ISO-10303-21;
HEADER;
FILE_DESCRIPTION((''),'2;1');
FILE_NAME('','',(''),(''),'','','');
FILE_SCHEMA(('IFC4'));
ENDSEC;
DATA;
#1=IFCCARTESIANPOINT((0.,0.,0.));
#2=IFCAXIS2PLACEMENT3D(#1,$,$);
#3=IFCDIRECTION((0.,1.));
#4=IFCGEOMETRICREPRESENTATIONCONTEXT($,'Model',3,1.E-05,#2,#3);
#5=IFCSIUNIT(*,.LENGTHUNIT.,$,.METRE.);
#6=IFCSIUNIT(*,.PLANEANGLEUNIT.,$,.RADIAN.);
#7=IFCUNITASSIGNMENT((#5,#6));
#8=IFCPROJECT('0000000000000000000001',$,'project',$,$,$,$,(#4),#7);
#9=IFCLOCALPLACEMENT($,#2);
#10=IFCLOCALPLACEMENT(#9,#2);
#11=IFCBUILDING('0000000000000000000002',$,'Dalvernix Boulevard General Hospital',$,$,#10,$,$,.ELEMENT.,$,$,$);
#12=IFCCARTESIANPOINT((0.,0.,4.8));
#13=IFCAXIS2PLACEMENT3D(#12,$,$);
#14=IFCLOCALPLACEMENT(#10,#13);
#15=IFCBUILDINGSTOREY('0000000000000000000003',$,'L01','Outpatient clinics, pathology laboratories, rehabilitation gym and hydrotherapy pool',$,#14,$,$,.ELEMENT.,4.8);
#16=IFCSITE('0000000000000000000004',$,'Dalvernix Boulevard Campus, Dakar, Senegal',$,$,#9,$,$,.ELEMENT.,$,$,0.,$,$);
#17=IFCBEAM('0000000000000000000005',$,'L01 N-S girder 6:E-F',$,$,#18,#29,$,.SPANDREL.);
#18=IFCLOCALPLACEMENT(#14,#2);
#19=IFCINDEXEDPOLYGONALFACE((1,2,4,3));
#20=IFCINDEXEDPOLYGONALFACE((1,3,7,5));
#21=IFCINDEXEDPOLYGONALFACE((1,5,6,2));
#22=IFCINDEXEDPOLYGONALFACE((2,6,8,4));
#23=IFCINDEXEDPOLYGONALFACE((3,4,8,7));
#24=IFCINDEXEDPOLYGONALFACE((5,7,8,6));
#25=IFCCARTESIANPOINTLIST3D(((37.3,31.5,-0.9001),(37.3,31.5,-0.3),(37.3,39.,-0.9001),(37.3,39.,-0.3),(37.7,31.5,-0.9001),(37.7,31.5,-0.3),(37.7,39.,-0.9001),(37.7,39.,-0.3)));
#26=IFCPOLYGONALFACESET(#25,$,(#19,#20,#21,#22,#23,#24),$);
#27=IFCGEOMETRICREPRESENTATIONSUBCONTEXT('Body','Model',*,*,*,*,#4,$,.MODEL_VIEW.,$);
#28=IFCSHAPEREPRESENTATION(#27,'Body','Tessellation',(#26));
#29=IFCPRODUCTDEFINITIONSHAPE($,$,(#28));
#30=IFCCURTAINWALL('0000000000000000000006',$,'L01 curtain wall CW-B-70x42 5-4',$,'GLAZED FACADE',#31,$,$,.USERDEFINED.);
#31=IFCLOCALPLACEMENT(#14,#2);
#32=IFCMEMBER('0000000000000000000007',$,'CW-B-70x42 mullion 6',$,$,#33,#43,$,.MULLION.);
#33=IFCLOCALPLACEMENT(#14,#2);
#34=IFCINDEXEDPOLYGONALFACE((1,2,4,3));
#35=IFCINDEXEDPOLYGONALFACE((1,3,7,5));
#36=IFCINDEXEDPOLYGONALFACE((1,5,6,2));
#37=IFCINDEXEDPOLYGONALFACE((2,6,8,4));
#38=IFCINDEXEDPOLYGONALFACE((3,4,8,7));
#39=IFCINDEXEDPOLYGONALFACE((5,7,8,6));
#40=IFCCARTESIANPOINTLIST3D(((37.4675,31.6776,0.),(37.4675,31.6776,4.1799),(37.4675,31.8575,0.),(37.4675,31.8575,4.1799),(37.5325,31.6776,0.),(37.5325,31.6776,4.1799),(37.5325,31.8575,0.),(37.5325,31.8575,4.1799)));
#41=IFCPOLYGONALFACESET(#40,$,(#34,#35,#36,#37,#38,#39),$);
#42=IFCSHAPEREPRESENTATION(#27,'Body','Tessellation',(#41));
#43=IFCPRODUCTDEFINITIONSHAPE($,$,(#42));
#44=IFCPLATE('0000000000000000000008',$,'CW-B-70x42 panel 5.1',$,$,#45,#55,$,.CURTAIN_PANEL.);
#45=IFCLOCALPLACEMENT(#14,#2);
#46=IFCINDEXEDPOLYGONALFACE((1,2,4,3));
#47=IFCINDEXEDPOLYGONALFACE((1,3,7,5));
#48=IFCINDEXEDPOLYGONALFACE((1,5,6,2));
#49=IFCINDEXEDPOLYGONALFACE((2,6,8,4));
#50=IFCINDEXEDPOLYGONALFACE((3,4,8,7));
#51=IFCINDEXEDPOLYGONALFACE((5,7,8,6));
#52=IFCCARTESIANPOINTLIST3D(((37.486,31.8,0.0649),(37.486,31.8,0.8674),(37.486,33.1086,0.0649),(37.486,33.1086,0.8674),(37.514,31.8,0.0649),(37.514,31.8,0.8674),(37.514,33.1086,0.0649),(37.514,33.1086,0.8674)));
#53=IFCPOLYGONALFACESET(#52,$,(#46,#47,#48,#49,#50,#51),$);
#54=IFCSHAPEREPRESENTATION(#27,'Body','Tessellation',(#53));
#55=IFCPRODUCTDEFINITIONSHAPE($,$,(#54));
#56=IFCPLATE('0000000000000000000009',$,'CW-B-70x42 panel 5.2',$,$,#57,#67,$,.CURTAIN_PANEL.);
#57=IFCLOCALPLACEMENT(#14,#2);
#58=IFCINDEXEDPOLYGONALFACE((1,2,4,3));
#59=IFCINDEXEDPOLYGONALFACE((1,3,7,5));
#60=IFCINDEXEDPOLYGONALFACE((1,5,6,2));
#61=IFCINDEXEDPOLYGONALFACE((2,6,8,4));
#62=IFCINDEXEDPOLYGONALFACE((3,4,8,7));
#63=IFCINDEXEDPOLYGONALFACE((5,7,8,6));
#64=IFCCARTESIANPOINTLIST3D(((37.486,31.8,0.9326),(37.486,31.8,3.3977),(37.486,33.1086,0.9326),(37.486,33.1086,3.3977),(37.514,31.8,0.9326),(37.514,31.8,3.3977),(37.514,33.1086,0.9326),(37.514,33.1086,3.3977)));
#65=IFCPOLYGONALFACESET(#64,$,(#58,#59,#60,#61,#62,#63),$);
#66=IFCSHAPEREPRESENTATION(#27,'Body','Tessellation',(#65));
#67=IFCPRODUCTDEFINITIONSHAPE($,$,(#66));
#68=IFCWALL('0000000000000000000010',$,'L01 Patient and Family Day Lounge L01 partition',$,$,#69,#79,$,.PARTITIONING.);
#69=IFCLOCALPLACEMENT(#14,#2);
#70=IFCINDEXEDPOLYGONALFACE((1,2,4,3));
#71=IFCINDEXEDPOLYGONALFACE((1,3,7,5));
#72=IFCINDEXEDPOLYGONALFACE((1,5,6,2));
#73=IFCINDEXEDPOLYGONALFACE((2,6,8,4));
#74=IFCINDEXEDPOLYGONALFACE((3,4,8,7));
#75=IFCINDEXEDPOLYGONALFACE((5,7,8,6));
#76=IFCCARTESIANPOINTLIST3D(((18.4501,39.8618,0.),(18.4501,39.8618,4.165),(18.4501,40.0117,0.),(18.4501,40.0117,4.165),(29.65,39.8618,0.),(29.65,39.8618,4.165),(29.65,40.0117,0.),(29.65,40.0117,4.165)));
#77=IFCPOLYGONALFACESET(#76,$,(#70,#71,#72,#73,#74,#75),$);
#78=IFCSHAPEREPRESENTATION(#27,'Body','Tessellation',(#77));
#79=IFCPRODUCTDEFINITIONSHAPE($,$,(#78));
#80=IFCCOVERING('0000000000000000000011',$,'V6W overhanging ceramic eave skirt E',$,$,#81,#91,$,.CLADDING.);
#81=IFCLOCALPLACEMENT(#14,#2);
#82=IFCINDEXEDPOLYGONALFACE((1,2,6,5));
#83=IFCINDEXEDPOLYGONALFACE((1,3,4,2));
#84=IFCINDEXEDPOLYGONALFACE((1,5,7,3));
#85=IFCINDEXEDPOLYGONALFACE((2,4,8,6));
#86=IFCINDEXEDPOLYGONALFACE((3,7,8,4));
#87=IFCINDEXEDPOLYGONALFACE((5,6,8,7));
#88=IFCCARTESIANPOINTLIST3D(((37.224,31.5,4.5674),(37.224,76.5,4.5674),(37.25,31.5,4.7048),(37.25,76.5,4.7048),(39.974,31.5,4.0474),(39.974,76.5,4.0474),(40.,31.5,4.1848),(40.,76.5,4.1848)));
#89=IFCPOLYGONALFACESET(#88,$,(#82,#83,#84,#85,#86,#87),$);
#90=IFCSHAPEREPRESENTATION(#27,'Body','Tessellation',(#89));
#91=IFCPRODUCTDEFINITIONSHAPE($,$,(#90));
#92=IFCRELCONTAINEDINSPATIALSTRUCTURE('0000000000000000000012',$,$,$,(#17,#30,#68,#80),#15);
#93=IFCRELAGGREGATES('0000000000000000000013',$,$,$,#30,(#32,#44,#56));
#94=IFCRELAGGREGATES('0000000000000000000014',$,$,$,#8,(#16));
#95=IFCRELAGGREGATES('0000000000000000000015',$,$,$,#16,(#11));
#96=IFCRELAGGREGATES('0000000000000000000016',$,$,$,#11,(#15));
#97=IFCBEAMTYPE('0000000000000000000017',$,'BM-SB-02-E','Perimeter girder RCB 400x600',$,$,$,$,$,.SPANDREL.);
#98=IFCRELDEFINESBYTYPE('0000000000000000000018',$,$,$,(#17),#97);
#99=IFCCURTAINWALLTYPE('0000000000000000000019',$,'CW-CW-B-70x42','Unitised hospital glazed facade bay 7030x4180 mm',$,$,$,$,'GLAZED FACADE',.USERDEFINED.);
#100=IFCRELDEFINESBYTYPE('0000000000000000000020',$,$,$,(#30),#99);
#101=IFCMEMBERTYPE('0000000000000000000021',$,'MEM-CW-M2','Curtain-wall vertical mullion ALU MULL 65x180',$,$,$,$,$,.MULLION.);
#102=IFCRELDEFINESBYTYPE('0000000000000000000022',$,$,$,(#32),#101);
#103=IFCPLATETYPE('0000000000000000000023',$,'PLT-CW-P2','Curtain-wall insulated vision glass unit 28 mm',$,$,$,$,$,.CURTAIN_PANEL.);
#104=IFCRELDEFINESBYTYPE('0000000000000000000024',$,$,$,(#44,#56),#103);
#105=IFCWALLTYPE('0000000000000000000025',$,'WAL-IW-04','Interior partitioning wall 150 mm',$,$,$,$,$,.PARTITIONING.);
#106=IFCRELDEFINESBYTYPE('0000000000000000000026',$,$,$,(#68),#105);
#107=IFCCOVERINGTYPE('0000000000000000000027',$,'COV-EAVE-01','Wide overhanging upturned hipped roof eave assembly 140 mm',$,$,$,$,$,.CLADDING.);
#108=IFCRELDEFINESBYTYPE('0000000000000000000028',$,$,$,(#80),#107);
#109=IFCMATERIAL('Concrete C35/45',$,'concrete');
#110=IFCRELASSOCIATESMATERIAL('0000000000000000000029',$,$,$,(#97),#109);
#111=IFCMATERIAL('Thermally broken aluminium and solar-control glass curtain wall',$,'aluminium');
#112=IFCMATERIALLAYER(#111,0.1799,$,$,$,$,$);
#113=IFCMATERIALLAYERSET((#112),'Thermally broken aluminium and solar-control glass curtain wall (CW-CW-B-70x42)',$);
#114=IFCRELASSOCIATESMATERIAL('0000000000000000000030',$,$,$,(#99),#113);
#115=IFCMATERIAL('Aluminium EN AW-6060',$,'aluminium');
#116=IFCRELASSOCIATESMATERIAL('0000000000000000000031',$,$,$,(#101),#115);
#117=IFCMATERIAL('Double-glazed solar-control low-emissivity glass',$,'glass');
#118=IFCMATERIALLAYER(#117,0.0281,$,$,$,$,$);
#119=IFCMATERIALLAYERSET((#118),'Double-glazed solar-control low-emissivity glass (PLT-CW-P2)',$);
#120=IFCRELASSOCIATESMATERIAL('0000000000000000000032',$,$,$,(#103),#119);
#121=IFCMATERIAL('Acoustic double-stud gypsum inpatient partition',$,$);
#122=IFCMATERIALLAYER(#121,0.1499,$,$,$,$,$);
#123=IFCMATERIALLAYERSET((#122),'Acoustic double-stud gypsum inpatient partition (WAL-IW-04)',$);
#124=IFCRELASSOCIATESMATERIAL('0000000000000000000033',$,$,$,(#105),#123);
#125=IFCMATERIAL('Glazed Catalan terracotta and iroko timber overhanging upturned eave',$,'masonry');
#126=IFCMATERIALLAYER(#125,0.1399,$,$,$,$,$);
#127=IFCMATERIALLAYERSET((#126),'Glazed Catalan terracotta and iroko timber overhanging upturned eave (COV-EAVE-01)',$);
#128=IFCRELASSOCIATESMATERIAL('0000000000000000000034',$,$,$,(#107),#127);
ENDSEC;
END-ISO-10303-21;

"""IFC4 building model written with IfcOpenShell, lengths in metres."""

from ifc_helpers import new_model, si_unit, direction, frame, frame_2d, origin, origin_2d, place, context, subcontext, project, spatial, polyline, rectangle, outline, extrude, material, layer, layer_set, material_profile, profile_set, type_object, element, aggregate, save


model = new_model("IFC4")

# Units and contexts
model_context = context("Model", 3, precision=1e-05, world=origin(), true_north=direction((0.0, 1.0)))
body_context = subcontext(model_context, "Body", "Model", "MODEL_VIEW")
ifc_project = project(units=[si_unit("LENGTHUNIT", "METRE"), si_unit("PLANEANGLEUNIT", "RADIAN")], contexts=[model_context])

# Site, building, storey
site_placement = place(None, origin())
site = spatial("IfcSite", under=ifc_project, at=site_placement, Name="Dalvernix Boulevard Campus, Dakar, Senegal", CompositionType="ELEMENT", RefElevation=0.0)
building_placement = place(site_placement, origin())
building = spatial("IfcBuilding", under=site, at=building_placement, Name="Dalvernix Boulevard General Hospital", CompositionType="ELEMENT")
storey_placement = place(building_placement, frame((0.0, 0.0, 4.8)))
storey = spatial("IfcBuildingStorey", under=building, at=storey_placement, Name="L01", Description="Outpatient clinics, pathology laboratories, rehabilitation gym and hydrotherapy pool", CompositionType="ELEMENT", Elevation=4.8)

# Beam
ifc_material_1 = material(Name="Concrete C35/45", Category="concrete")
ifc_material_profile_1 = material_profile(ifc_material_1, rectangle(XDim=0.3999, YDim=0.6001, at=origin_2d()), Name="RCB 400x600")
ifc_profile_set_1 = profile_set([ifc_material_profile_1], Name="Concrete C35/45")
beam_type_1 = type_object("IfcBeamType", Name="BM-SB-02-E", Description="Perimeter girder RCB 400x600", PredefinedType="SPANDREL", material=ifc_profile_set_1)
beam_1_placement = place(storey_placement, frame((37.5, 31.5, -0.6001), z_axis=(0.0, 1.0, 0.0), x_axis=(-1.0, 0.0, 0.0)))
element("IfcBeam", 1, at=beam_1_placement, inside=storey, type_object=beam_type_1, Name="L01 N-S girder 6:E-F", PredefinedType="SPANDREL", context=body_context, shape_type="SweptSolid", body=[
    extrude(rectangle(XDim=0.3999, YDim=0.6001, at=origin_2d()), origin(), (0.0, 0.0, 1.0), 7.5),
])

# Curtain wall, member, plates
ifc_material_2 = material(Name="Thermally broken aluminium and solar-control glass curtain wall", Category="aluminium")
ifc_layer_1 = layer(ifc_material_2, 0.1799)
ifc_layer_set_1 = layer_set([ifc_layer_1], Name="Thermally broken aluminium and solar-control glass curtain wall (CW-CW-B-70x42)")
curtain_wall_type = type_object("IfcCurtainWallType", Name="CW-CW-B-70x42", Description="Unitised hospital glazed facade bay 7030x4180 mm", ElementType="GLAZED FACADE", PredefinedType="USERDEFINED", material=ifc_layer_set_1)
curtain_wall_placement = place(storey_placement, origin())
curtain_wall = element("IfcCurtainWall", 2, at=curtain_wall_placement, inside=storey, type_object=curtain_wall_type, Name="L01 curtain wall CW-B-70x42 5-4", ObjectType="GLAZED FACADE", PredefinedType="USERDEFINED")
ifc_material_3 = material(Name="Aluminium EN AW-6060", Category="aluminium")
ifc_material_profile_2 = material_profile(ifc_material_3, rectangle(XDim=0.0649, YDim=0.1799, at=origin_2d()), Name="ALU MULL 65x180")
ifc_profile_set_2 = profile_set([ifc_material_profile_2], Name="Aluminium EN AW-6060")
member_type = type_object("IfcMemberType", Name="MEM-CW-M2", Description="Curtain-wall vertical mullion ALU MULL 65x180", PredefinedType="MULLION", material=ifc_profile_set_2)
member_placement = place(storey_placement, frame((37.5, 31.7676, 0.0), z_axis=(0.0, 0.0, 1.0), x_axis=(1.0, 0.0, 0.0)))
member = element("IfcMember", 3, at=member_placement, type_object=member_type, Name="CW-B-70x42 mullion 6", PredefinedType="MULLION", context=body_context, shape_type="SweptSolid", body=[
    extrude(rectangle(XDim=0.0649, YDim=0.1799, at=origin_2d()), origin(), (0.0, 0.0, 1.0), 4.1799),
])
ifc_material_4 = material(Name="Double-glazed solar-control low-emissivity glass", Category="glass")
ifc_layer_2 = layer(ifc_material_4, 0.0281)
ifc_layer_set_2 = layer_set([ifc_layer_2], Name="Double-glazed solar-control low-emissivity glass (PLT-CW-P2)")
plate_type = type_object("IfcPlateType", Name="PLT-CW-P2", Description="Curtain-wall insulated vision glass unit 28 mm", PredefinedType="CURTAIN_PANEL", material=ifc_layer_set_2)
plate_1_placement = place(storey_placement, frame((37.5, 32.4543, 0.0649), z_axis=(0.0, 0.0, 1.0), x_axis=(0.0, -1.0, 0.0)))
plate_1 = element("IfcPlate", 4, at=plate_1_placement, type_object=plate_type, Name="CW-B-70x42 panel 5.1", PredefinedType="CURTAIN_PANEL", context=body_context, shape_type="SweptSolid", body=[
    extrude(rectangle(XDim=1.3086, YDim=0.0281, at=origin_2d()), origin(), (0.0, 0.0, 1.0), 0.8025),
])
plate_2_placement = place(storey_placement, frame((37.5, 32.4543, 0.9326), z_axis=(0.0, 0.0, 1.0), x_axis=(0.0, -1.0, 0.0)))
plate_2 = element("IfcPlate", 5, at=plate_2_placement, type_object=plate_type, Name="CW-B-70x42 panel 5.2", PredefinedType="CURTAIN_PANEL", context=body_context, shape_type="SweptSolid", body=[
    extrude(rectangle(XDim=1.3086, YDim=0.0281, at=origin_2d()), origin(), (0.0, 0.0, 1.0), 2.4651),
])
aggregate(curtain_wall, [member, plate_1, plate_2])

# Wall
ifc_material_5 = material(Name="Acoustic double-stud gypsum inpatient partition")
ifc_layer_3 = layer(ifc_material_5, 0.1499)
ifc_layer_set_3 = layer_set([ifc_layer_3], Name="Acoustic double-stud gypsum inpatient partition (WAL-IW-04)")
wall_type = type_object("IfcWallType", Name="WAL-IW-04", Description="Interior partitioning wall 150 mm", PredefinedType="PARTITIONING", material=ifc_layer_set_3)
wall_placement = place(storey_placement, frame((18.45, 39.9368, 0.0), z_axis=(0.0, 0.0, 1.0), x_axis=(1.0, 0.0, 0.0)))
element("IfcWall", 6, at=wall_placement, inside=storey, type_object=wall_type, Name="L01 Patient and Family Day Lounge L01 partition", PredefinedType="PARTITIONING", context=body_context, shape_type="SweptSolid", body=[
    extrude(rectangle(XDim=11.2, YDim=0.1499, at=frame_2d((5.6001, 0.0))), origin(), (0.0, 0.0, 1.0), 4.165),
])

# Covering
ifc_material_6 = material(Name="Glazed Catalan terracotta and iroko timber overhanging upturned eave", Category="masonry")
ifc_layer_4 = layer(ifc_material_6, 0.1399)
ifc_layer_set_4 = layer_set([ifc_layer_4], Name="Glazed Catalan terracotta and iroko timber overhanging upturned eave (COV-EAVE-01)")
covering_type = type_object("IfcCoveringType", Name="COV-EAVE-01", Description="Wide overhanging upturned hipped roof eave assembly 140 mm", PredefinedType="CLADDING", material=ifc_layer_set_4)
covering_placement = place(storey_placement, frame((37.25, 31.5, 4.7048), z_axis=(0.185805, 0.0, 0.982587), x_axis=(0.0, 1.0, 0.0)))
element("IfcCovering", 7, at=covering_placement, inside=storey, type_object=covering_type, Name="V6W overhanging ceramic eave skirt E", PredefinedType="CLADDING", context=body_context, shape_type="SweptSolid", body=[
    extrude(outline(polyline([(0.0, 0.0), (45.0, 0.0), (45.0, -2.7987), (0.0, -2.7987), (0.0, 0.0)])), origin(), (0.0, 0.0, -1.0), 0.1399),
])

save(model, "model.ifc")
